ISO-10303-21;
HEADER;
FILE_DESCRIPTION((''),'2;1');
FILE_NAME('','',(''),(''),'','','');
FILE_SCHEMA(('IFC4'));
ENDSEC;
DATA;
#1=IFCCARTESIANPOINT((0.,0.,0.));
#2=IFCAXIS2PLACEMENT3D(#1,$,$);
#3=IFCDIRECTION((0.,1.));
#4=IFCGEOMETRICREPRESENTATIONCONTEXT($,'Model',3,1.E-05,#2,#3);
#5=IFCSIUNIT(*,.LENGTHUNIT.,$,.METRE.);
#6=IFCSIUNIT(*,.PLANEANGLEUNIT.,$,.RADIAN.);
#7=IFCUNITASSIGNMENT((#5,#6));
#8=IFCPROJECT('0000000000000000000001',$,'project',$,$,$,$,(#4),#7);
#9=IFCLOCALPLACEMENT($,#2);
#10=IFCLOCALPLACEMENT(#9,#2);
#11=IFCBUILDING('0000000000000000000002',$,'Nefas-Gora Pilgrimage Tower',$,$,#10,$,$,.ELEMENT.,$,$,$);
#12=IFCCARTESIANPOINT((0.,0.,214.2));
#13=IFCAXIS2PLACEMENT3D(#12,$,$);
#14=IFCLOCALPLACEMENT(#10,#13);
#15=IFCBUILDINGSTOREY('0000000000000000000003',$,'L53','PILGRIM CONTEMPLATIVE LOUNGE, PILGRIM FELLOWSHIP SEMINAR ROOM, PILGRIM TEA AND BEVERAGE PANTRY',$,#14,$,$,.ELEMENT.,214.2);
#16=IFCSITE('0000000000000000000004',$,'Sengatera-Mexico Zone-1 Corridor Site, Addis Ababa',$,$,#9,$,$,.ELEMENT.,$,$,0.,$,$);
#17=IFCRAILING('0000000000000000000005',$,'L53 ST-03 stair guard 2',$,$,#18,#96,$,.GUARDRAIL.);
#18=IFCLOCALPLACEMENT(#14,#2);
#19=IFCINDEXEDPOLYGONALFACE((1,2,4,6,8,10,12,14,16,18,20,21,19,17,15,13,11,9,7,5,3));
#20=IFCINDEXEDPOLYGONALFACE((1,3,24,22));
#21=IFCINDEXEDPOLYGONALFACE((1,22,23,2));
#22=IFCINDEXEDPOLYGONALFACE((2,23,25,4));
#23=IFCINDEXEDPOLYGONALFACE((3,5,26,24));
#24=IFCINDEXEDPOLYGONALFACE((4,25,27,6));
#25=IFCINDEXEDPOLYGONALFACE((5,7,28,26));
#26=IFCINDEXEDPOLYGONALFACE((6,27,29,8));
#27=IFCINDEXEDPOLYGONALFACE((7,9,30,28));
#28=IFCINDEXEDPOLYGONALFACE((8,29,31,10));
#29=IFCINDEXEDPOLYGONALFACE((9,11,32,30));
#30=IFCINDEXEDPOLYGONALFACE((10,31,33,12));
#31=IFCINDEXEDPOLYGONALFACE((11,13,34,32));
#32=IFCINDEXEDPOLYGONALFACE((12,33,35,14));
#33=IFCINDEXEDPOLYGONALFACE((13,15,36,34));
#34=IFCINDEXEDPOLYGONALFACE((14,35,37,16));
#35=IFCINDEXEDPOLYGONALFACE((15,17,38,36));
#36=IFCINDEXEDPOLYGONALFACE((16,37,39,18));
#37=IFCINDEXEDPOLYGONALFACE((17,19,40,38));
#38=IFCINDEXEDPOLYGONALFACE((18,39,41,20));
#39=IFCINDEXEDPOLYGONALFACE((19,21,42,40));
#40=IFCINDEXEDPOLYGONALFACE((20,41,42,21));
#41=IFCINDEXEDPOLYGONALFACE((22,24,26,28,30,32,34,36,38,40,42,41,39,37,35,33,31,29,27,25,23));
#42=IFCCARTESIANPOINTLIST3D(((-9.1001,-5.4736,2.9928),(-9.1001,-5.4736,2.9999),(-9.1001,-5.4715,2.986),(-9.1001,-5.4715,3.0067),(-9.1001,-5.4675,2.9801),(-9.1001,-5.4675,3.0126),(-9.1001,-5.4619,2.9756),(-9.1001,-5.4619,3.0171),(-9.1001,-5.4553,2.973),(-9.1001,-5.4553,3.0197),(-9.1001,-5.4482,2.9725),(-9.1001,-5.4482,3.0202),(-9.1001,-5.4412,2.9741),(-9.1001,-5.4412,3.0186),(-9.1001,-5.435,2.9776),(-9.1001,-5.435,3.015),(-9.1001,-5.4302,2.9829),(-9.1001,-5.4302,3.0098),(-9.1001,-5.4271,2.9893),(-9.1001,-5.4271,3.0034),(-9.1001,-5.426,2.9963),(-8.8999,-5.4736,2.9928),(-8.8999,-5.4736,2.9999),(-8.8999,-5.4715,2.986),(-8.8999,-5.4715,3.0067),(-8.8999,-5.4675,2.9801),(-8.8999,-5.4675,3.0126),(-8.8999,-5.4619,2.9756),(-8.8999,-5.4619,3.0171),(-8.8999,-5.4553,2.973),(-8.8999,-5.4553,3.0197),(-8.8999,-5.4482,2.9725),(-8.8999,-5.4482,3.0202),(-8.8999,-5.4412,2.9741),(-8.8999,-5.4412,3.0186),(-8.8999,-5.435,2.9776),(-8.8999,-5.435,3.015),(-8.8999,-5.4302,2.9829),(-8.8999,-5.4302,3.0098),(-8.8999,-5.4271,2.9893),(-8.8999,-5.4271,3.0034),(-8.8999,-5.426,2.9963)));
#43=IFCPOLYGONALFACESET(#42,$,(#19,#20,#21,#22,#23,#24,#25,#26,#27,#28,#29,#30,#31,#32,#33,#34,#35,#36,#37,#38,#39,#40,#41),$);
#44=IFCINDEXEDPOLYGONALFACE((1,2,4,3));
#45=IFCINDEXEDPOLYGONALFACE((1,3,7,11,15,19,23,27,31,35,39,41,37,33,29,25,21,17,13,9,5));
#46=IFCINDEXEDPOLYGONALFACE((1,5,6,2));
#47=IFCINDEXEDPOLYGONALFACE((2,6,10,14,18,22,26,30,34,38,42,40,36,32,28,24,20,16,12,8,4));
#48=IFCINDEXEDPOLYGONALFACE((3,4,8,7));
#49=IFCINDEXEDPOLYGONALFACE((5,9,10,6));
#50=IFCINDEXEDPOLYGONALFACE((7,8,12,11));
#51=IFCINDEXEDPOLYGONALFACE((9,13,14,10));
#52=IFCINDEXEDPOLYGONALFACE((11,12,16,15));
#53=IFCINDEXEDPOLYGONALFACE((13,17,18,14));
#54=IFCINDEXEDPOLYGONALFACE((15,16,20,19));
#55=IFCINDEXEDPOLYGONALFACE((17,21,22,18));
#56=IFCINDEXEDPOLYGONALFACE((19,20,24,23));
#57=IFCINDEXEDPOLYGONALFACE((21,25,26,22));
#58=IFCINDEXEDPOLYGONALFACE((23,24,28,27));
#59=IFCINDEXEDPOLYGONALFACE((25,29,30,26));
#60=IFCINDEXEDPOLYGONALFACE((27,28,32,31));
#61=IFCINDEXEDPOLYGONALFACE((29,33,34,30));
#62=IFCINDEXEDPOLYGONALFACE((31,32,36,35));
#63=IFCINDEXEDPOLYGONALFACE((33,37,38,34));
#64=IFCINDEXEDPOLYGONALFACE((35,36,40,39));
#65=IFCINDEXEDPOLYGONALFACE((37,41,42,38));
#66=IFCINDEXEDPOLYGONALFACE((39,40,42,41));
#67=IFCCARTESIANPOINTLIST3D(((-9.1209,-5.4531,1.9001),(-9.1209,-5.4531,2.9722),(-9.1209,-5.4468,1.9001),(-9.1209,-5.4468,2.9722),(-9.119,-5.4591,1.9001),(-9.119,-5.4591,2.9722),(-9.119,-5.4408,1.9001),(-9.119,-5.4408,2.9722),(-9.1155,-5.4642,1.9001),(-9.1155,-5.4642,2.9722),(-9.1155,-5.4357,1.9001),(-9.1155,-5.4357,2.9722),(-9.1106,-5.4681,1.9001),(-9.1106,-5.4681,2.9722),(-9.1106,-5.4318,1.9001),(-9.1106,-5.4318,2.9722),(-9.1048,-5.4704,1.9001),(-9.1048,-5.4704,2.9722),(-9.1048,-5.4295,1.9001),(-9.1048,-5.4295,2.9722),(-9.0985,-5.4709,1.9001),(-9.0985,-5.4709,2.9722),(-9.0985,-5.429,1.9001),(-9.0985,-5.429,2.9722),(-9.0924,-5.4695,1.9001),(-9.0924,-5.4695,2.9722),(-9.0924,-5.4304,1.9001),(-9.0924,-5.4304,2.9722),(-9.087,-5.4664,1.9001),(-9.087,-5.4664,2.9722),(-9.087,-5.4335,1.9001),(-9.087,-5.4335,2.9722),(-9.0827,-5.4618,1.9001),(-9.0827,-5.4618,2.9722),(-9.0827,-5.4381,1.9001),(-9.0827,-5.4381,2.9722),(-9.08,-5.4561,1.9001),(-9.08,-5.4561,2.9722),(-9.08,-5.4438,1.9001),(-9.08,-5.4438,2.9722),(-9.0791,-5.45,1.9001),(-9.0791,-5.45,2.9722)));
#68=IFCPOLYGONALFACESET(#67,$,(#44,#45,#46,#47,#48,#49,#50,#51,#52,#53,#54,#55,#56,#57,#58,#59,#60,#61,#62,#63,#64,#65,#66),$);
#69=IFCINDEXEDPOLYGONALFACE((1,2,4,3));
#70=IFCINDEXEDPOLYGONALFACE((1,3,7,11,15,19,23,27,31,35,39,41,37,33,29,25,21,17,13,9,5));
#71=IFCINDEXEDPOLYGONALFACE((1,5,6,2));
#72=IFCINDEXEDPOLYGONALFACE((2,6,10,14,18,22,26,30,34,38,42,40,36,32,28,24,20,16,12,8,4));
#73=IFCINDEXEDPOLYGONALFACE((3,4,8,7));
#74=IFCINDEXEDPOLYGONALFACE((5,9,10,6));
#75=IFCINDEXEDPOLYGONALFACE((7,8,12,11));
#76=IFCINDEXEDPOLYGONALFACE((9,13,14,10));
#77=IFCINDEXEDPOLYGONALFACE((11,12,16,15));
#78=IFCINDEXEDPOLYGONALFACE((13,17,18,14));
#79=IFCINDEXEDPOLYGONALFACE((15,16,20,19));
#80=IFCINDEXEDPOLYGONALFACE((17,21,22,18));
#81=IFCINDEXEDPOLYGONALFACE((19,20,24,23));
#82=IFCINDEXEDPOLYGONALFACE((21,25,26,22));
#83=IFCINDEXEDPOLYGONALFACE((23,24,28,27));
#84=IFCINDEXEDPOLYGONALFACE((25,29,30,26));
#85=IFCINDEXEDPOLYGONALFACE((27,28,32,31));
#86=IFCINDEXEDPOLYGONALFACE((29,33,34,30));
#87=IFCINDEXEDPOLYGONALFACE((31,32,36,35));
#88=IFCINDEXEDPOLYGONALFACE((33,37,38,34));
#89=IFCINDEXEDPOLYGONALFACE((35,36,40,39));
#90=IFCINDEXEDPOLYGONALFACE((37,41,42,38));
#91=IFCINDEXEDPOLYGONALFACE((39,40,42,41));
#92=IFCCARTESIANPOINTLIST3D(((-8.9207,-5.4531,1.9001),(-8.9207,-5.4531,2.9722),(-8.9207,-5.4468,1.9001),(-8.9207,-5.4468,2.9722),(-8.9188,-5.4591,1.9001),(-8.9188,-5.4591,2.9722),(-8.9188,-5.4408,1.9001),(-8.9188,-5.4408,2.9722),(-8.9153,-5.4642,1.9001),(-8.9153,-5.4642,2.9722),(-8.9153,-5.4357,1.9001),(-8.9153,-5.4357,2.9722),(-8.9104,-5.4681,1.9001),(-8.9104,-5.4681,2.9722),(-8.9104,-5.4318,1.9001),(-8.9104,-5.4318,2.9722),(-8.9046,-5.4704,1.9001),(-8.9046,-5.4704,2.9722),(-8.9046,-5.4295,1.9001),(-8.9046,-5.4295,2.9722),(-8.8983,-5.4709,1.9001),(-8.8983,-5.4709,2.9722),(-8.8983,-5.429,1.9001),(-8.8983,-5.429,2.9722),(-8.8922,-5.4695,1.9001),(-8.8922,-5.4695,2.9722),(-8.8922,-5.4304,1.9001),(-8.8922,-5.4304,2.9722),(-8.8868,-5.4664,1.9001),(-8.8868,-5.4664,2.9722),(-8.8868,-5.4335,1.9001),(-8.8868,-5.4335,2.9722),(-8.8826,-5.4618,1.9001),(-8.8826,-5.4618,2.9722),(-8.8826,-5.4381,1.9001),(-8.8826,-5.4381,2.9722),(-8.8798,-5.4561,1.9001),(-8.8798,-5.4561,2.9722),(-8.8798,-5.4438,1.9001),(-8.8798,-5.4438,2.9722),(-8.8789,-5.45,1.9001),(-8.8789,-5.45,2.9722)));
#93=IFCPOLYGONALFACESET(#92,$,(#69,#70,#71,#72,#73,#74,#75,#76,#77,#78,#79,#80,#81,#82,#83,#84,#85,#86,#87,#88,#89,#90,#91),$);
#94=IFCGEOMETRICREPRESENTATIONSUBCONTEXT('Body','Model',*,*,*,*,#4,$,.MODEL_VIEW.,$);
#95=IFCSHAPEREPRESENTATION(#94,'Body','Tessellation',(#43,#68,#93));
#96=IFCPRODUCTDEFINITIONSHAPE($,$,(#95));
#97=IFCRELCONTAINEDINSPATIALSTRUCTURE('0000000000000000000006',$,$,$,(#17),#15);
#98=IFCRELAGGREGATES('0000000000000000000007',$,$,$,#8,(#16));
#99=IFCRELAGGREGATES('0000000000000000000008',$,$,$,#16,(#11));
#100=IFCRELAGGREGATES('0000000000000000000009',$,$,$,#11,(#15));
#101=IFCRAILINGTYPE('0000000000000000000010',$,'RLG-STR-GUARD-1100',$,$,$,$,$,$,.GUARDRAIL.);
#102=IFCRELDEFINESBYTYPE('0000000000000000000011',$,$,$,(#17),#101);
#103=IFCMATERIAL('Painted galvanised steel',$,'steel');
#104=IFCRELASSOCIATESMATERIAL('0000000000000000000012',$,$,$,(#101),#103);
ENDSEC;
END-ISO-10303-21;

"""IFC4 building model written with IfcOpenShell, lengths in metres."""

from ifc_helpers import new_model, si_unit, direction, frame, origin, origin_2d, place, context, subcontext, project, spatial, circle, extrude, material, type_object, element, save


model = new_model("IFC4")

# Units and contexts
model_context = context("Model", 3, precision=1e-05, world=origin(), true_north=direction((0.0, 1.0)))
body_context = subcontext(model_context, "Body", "Model", "MODEL_VIEW")
ifc_project = project(units=[si_unit("LENGTHUNIT", "METRE"), si_unit("PLANEANGLEUNIT", "RADIAN")], contexts=[model_context])

# Site, building, storey
site_placement = place(None, origin())
site = spatial("IfcSite", under=ifc_project, at=site_placement, Name="Sengatera-Mexico Zone-1 Corridor Site, Addis Ababa", CompositionType="ELEMENT", RefElevation=0.0)
building_placement = place(site_placement, origin())
building = spatial("IfcBuilding", under=site, at=building_placement, Name="Nefas-Gora Pilgrimage Tower", CompositionType="ELEMENT")
storey_placement = place(building_placement, frame((0.0, 0.0, 214.2)))
storey = spatial("IfcBuildingStorey", under=building, at=storey_placement, Name="L53", Description="PILGRIM CONTEMPLATIVE LOUNGE, PILGRIM FELLOWSHIP SEMINAR ROOM, PILGRIM TEA AND BEVERAGE PANTRY", CompositionType="ELEMENT", Elevation=214.2)

# Railing
ifc_material_1 = material(Name="Painted galvanised steel", Category="steel")
railing_type_1 = type_object("IfcRailingType", Name="RLG-STR-GUARD-1100", PredefinedType="GUARDRAIL", material=ifc_material_1)
railing_1_placement = place(storey_placement, frame((-9.1001, -5.45, 1.9001)))
element("IfcRailing", 1, at=railing_1_placement, inside=storey, type_object=railing_type_1, Name="L53 ST-03 stair guard 2", PredefinedType="GUARDRAIL", context=body_context, shape_type="SweptSolid", body=[
    extrude(circle(Radius=0.0239, at=origin_2d()), frame((0.0, 0.0, 1.0962), z_axis=(1.0, 0.0, 0.0), x_axis=(0.0, 1.0, 0.0)), (0.0, 0.0, 1.0), 0.2002),
    extrude(circle(Radius=0.021, at=origin_2d()), origin(), (0.0, 0.0, 1.0), 1.072),
    extrude(circle(Radius=0.021, at=origin_2d()), frame((0.2002, 0.0, 0.0)), (0.0, 0.0, 1.0), 1.072),
])

save(model, "model.ifc")
